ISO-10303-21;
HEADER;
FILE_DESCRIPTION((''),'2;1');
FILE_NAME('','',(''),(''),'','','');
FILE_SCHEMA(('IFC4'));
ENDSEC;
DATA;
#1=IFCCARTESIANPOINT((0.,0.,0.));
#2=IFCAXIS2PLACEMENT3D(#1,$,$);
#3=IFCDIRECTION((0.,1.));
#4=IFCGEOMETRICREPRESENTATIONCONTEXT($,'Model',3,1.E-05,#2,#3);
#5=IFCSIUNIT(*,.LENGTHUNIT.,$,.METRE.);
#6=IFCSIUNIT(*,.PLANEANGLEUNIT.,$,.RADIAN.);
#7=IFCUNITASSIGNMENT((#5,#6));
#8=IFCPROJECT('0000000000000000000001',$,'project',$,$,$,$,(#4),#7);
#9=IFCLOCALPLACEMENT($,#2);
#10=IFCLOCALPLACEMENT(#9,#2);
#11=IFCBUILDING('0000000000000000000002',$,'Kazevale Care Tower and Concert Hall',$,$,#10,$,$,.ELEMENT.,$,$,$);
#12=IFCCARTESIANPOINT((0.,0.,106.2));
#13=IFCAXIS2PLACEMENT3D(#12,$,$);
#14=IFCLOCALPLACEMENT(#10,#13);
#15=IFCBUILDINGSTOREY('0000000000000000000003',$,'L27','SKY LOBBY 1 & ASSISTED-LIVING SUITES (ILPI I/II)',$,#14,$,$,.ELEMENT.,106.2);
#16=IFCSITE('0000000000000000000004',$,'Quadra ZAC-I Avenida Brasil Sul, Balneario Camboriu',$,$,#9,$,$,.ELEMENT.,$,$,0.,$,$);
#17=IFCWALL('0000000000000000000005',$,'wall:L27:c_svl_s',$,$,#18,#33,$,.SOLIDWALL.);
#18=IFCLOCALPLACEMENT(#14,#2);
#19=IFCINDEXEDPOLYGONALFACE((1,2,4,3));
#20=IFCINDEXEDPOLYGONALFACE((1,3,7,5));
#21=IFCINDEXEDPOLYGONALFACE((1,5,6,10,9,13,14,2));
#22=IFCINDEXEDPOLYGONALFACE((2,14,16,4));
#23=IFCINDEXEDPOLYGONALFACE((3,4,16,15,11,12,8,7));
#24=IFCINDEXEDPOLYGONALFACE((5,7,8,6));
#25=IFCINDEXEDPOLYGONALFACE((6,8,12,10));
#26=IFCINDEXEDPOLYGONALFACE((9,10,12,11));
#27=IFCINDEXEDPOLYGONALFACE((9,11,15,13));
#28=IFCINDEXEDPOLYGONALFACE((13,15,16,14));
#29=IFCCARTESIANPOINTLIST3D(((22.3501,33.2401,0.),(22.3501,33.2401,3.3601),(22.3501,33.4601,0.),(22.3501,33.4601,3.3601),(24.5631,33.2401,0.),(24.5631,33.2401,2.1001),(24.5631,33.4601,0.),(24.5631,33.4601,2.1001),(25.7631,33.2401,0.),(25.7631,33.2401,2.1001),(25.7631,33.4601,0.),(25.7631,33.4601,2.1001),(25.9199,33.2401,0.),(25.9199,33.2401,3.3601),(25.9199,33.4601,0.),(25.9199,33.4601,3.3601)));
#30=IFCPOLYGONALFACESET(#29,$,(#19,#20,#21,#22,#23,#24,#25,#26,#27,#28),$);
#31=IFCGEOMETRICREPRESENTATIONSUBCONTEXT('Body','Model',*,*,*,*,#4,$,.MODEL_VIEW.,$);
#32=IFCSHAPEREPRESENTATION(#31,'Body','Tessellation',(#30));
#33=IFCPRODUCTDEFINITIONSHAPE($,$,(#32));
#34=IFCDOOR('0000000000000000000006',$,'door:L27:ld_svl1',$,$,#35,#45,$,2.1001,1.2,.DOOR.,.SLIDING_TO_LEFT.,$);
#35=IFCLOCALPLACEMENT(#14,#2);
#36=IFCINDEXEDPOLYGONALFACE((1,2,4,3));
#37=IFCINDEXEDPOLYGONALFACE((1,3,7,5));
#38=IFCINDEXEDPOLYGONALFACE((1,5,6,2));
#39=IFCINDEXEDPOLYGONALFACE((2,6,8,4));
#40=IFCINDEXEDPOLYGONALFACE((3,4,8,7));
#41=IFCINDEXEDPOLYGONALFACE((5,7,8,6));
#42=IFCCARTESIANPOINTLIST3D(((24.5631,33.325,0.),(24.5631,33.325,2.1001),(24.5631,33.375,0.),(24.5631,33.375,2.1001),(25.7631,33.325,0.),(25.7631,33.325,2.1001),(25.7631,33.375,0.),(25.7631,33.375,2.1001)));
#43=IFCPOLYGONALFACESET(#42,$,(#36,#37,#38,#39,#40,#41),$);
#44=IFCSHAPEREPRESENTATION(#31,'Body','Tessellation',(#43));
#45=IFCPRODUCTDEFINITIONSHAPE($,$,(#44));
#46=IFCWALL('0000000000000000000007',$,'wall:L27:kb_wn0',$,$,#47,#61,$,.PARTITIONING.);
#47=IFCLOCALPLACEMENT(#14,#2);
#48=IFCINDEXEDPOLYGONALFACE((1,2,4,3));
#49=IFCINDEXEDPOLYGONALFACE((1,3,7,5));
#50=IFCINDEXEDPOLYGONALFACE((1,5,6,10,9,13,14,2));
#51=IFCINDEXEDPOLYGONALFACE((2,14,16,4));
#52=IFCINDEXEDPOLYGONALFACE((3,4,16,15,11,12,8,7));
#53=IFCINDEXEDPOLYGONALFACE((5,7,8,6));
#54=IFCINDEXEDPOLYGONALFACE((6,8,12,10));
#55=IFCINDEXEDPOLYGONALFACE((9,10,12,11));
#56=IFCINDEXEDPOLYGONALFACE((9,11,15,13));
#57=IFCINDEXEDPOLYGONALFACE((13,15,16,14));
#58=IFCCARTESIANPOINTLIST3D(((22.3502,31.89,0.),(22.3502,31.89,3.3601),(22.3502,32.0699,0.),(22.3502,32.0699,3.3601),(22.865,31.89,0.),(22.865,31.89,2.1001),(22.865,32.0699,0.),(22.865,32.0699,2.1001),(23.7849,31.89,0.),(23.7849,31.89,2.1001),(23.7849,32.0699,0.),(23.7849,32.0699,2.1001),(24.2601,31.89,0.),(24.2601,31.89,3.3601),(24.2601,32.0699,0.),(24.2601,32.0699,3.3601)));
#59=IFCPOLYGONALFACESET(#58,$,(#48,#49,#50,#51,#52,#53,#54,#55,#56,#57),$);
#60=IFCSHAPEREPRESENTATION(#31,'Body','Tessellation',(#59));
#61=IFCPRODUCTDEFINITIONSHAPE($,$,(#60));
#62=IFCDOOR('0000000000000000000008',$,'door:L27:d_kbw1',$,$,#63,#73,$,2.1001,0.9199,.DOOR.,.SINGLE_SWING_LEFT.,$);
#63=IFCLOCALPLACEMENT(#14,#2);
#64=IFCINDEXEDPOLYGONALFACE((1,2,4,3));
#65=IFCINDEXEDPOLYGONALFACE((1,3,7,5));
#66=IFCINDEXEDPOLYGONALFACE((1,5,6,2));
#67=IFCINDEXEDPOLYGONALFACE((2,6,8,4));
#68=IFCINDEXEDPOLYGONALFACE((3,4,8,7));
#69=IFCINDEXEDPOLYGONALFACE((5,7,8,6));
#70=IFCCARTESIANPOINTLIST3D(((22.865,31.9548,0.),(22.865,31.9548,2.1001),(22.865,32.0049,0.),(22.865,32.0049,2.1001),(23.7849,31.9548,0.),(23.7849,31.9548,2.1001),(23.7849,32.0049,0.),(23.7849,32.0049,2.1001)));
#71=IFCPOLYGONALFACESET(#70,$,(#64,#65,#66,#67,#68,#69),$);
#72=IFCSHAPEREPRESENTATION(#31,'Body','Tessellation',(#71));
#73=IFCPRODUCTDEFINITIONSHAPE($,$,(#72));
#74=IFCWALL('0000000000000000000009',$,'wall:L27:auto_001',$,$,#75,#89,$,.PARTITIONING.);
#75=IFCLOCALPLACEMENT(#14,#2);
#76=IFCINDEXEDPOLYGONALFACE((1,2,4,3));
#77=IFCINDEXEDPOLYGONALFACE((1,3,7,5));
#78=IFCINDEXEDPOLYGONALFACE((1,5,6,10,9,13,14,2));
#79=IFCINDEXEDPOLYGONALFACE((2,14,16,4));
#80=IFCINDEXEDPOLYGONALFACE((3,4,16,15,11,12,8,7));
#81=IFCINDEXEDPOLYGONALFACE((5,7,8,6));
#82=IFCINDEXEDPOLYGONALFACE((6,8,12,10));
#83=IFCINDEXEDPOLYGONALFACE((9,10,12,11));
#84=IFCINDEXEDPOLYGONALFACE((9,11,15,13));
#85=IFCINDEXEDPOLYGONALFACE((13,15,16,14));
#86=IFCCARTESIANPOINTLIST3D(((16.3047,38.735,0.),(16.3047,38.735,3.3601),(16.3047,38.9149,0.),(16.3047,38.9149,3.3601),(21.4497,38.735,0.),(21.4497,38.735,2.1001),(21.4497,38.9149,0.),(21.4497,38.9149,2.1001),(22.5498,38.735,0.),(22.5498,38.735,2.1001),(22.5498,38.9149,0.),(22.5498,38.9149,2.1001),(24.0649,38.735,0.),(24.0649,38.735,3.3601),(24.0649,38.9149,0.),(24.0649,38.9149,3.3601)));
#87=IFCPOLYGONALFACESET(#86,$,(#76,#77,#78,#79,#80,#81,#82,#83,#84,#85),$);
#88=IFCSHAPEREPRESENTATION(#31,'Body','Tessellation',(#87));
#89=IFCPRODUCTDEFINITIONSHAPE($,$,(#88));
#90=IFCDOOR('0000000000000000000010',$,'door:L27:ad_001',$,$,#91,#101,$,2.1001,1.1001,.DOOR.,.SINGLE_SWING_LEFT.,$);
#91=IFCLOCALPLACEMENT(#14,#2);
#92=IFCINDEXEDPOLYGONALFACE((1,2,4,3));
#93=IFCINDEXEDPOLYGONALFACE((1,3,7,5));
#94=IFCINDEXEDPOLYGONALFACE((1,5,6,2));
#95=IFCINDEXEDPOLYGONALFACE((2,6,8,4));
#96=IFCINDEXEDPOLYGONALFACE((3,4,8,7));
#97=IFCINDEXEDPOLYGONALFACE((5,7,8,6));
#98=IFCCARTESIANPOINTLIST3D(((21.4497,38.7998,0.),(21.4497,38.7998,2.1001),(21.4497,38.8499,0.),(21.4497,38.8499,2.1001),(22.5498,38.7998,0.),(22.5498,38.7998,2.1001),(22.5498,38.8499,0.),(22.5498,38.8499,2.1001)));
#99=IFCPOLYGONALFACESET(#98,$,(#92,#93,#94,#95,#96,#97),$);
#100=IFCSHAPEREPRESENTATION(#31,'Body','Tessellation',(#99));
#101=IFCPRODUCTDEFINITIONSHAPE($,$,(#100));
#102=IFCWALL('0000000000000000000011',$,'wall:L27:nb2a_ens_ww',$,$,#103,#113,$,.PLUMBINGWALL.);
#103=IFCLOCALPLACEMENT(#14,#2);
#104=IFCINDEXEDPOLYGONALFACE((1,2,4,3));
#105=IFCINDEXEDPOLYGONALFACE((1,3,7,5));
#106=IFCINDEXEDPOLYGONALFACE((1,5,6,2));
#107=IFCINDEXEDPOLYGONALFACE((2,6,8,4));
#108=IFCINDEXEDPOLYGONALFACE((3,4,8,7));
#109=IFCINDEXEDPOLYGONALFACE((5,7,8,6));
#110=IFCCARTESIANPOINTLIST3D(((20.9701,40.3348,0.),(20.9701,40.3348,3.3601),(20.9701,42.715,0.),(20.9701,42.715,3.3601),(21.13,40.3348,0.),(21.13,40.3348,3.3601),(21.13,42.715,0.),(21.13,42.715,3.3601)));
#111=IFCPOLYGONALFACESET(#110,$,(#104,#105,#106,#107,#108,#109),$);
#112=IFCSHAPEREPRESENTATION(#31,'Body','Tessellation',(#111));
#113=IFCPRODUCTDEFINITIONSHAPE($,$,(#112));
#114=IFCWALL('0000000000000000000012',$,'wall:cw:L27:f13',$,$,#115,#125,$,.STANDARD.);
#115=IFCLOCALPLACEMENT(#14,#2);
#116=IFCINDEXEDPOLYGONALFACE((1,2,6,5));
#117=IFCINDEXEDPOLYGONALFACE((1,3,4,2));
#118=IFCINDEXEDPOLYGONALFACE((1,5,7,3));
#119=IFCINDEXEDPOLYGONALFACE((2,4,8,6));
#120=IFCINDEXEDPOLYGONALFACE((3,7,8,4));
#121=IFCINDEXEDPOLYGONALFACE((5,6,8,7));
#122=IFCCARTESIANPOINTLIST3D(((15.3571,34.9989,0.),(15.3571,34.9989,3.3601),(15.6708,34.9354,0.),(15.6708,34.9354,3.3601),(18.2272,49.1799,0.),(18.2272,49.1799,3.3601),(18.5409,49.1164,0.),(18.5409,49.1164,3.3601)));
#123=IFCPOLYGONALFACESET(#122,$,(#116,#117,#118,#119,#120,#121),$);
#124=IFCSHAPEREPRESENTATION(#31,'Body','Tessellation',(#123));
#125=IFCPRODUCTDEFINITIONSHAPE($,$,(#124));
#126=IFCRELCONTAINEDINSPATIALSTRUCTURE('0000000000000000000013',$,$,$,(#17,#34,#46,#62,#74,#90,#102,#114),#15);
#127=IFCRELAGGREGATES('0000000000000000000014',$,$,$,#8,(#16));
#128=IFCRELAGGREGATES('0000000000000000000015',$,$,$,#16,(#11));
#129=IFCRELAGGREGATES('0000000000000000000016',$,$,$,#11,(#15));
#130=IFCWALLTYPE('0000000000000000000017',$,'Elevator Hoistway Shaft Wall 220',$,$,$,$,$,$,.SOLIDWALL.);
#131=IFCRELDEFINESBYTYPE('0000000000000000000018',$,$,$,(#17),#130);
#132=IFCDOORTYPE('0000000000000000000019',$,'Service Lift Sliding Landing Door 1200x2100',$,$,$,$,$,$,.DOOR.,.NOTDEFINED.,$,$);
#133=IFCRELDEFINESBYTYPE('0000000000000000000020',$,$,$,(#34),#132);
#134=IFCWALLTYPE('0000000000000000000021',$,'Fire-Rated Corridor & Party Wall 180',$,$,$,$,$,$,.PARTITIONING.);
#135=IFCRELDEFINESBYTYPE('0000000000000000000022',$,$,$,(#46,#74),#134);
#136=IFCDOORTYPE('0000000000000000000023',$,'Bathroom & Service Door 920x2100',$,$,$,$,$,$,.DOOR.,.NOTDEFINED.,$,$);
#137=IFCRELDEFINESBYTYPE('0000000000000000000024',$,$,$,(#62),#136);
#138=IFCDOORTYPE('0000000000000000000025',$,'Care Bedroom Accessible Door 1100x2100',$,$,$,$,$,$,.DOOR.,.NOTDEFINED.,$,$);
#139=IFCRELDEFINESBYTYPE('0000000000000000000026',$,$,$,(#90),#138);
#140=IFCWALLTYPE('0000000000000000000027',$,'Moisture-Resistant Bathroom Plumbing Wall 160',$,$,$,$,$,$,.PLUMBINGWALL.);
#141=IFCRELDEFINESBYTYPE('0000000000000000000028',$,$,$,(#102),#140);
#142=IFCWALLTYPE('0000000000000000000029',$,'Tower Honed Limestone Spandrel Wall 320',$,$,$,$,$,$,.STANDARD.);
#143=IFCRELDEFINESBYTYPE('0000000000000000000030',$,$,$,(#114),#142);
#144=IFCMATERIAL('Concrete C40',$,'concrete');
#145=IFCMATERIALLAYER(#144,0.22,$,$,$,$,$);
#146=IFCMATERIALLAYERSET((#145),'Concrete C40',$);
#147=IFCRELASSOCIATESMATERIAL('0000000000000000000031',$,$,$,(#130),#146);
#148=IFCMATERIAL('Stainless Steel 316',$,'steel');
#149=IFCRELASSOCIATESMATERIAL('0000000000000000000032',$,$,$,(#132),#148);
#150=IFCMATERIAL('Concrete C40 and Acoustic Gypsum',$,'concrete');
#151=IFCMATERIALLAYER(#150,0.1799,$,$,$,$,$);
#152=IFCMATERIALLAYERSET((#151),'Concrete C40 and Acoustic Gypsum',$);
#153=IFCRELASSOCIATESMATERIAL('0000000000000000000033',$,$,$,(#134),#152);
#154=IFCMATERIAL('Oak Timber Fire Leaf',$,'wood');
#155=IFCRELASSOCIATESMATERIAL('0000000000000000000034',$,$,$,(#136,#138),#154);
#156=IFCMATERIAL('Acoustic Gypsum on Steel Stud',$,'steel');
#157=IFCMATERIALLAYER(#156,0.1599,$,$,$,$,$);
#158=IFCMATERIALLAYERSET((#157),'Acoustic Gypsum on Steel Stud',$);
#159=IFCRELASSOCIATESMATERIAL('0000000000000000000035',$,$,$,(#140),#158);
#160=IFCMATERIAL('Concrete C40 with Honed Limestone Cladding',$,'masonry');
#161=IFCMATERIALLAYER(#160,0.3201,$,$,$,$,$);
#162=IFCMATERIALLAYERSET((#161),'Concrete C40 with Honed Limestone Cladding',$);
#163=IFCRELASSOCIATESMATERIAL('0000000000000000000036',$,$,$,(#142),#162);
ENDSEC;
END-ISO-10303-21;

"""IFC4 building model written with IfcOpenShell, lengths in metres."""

from ifc_helpers import new_model, si_unit, direction, frame, frame_2d, origin, place, context, subcontext, project, spatial, rectangle, extrude, material, layer, layer_set, type_object, element, fill, save


model = new_model("IFC4")

# Units and contexts
model_context = context("Model", 3, precision=1e-05, world=origin(), true_north=direction((0.0, 1.0)))
body_context = subcontext(model_context, "Body", "Model", "MODEL_VIEW")
ifc_project = project(units=[si_unit("LENGTHUNIT", "METRE"), si_unit("PLANEANGLEUNIT", "RADIAN")], contexts=[model_context])

# Site, building, storey
site_placement = place(None, origin())
site = spatial("IfcSite", under=ifc_project, at=site_placement, Name="Quadra ZAC-I Avenida Brasil Sul, Balneario Camboriu", CompositionType="ELEMENT", RefElevation=0.0)
building_placement = place(site_placement, origin())
building = spatial("IfcBuilding", under=site, at=building_placement, Name="Kazevale Care Tower and Concert Hall", CompositionType="ELEMENT")
storey_placement = place(building_placement, frame((0.0, 0.0, 106.2)))
storey = spatial("IfcBuildingStorey", under=building, at=storey_placement, Name="L27", Description="SKY LOBBY 1 & ASSISTED-LIVING SUITES (ILPI I/II)", CompositionType="ELEMENT", Elevation=106.2)

# Walls, openings, doors
ifc_material_1 = material(Name="Concrete C40", Category="concrete")
ifc_layer_1 = layer(ifc_material_1, 0.22)
ifc_layer_set_1 = layer_set([ifc_layer_1], Name="Concrete C40")
wall_type_1 = type_object("IfcWallType", Name="Elevator Hoistway Shaft Wall 220", PredefinedType="SOLIDWALL", material=ifc_layer_set_1)
wall_1_placement = place(storey_placement, frame((22.3501, 33.3501, 0.0), z_axis=(0.0, 0.0, 1.0), x_axis=(1.0, 0.0, 0.0)))
wall_1 = element("IfcWall", 1, at=wall_1_placement, inside=storey, type_object=wall_type_1, Name="wall:L27:c_svl_s", PredefinedType="SOLIDWALL", context=body_context, shape_type="SweptSolid", body=[
    extrude(rectangle(XDim=3.5698, YDim=0.22, at=frame_2d((1.7849, 0.0))), origin(), (0.0, 0.0, 1.0), 3.3601),
])
opening_1_placement = place(wall_1_placement, frame((2.2129, 0.0, 0.0)))
opening_1 = element("IfcOpeningElement", 2, at=opening_1_placement, cuts=wall_1, PredefinedType="OPENING", context=body_context, shape_type="SweptSolid", body=[
    extrude(rectangle(XDim=1.2, YDim=2.1001, at=frame_2d((0.6001, 1.05))), frame((0.0, 0.1199, 0.0), z_axis=(0.0, -1.0, 0.0), x_axis=(1.0, 0.0, 0.0)), (0.0, 0.0, 1.0), 0.24),
])
ifc_material_2 = material(Name="Stainless Steel 316", Category="steel")
door_type_1 = type_object("IfcDoorType", Name="Service Lift Sliding Landing Door 1200x2100", OperationType="NOTDEFINED", PredefinedType="DOOR", material=ifc_material_2)
door_1_placement = place(opening_1_placement, origin())
door_1 = element("IfcDoor", 3, at=door_1_placement, inside=storey, type_object=door_type_1, Name="door:L27:ld_svl1", OperationType="SLIDING_TO_LEFT", OverallHeight=2.1001, OverallWidth=1.2, PredefinedType="DOOR", context=body_context, shape_type="SweptSolid", body=[
    extrude(rectangle(XDim=1.2, YDim=2.1001, at=frame_2d((0.6001, 1.05))), frame((0.0, 0.0249, 0.0), z_axis=(0.0, -1.0, 0.0), x_axis=(1.0, 0.0, 0.0)), (0.0, 0.0, 1.0), 0.05),
])
fill(opening_1, door_1)
ifc_material_3 = material(Name="Concrete C40 and Acoustic Gypsum", Category="concrete")
ifc_layer_2 = layer(ifc_material_3, 0.1799)
ifc_layer_set_2 = layer_set([ifc_layer_2], Name="Concrete C40 and Acoustic Gypsum")
wall_type_2 = type_object("IfcWallType", Name="Fire-Rated Corridor & Party Wall 180", PredefinedType="PARTITIONING", material=ifc_layer_set_2)
wall_2_placement = place(storey_placement, frame((22.3501, 31.98, 0.0), z_axis=(0.0, 0.0, 1.0), x_axis=(1.0, 0.0, 0.0)))
wall_2 = element("IfcWall", 4, at=wall_2_placement, inside=storey, type_object=wall_type_2, Name="wall:L27:kb_wn0", PredefinedType="PARTITIONING", context=body_context, shape_type="SweptSolid", body=[
    extrude(rectangle(XDim=1.9099, YDim=0.1799, at=frame_2d((0.9551, 0.0))), origin(), (0.0, 0.0, 1.0), 3.3601),
])
opening_2_placement = place(wall_2_placement, frame((0.5149, 0.0, 0.0)))
opening_2 = element("IfcOpeningElement", 5, at=opening_2_placement, cuts=wall_2, PredefinedType="OPENING", context=body_context, shape_type="SweptSolid", body=[
    extrude(rectangle(XDim=0.9199, YDim=2.1001, at=frame_2d((0.46, 1.05))), frame((0.0, 0.0999, 0.0), z_axis=(0.0, -1.0, 0.0), x_axis=(1.0, 0.0, 0.0)), (0.0, 0.0, 1.0), 0.2),
])
ifc_material_4 = material(Name="Oak Timber Fire Leaf", Category="wood")
door_type_2 = type_object("IfcDoorType", Name="Bathroom & Service Door 920x2100", OperationType="NOTDEFINED", PredefinedType="DOOR", material=ifc_material_4)
door_2_placement = place(opening_2_placement, origin())
door_2 = element("IfcDoor", 6, at=door_2_placement, inside=storey, type_object=door_type_2, Name="door:L27:d_kbw1", OperationType="SINGLE_SWING_LEFT", OverallHeight=2.1001, OverallWidth=0.9199, PredefinedType="DOOR", context=body_context, shape_type="SweptSolid", body=[
    extrude(rectangle(XDim=0.9199, YDim=2.1001, at=frame_2d((0.46, 1.05))), frame((0.0, 0.0249, 0.0), z_axis=(0.0, -1.0, 0.0), x_axis=(1.0, 0.0, 0.0)), (0.0, 0.0, 1.0), 0.05),
])
fill(opening_2, door_2)
wall_3_placement = place(storey_placement, frame((16.3047, 38.825, 0.0), z_axis=(0.0, 0.0, 1.0), x_axis=(1.0, 0.0, 0.0)))
wall_3 = element("IfcWall", 7, at=wall_3_placement, inside=storey, type_object=wall_type_2, Name="wall:L27:auto_001", PredefinedType="PARTITIONING", context=body_context, shape_type="SweptSolid", body=[
    extrude(rectangle(XDim=7.7603, YDim=0.1799, at=frame_2d((3.8801, 0.0))), origin(), (0.0, 0.0, 1.0), 3.3601),
])
opening_3_placement = place(wall_3_placement, frame((5.145, 0.0, 0.0)))
opening_3 = element("IfcOpeningElement", 8, at=opening_3_placement, cuts=wall_3, PredefinedType="OPENING", context=body_context, shape_type="SweptSolid", body=[
    extrude(rectangle(XDim=1.1001, YDim=2.1001, at=frame_2d((0.55, 1.05))), frame((0.0, 0.0999, 0.0), z_axis=(0.0, -1.0, 0.0), x_axis=(1.0, 0.0, 0.0)), (0.0, 0.0, 1.0), 0.2),
])
door_type_3 = type_object("IfcDoorType", Name="Care Bedroom Accessible Door 1100x2100", OperationType="NOTDEFINED", PredefinedType="DOOR", material=ifc_material_4)
door_3_placement = place(opening_3_placement, origin())
door_3 = element("IfcDoor", 9, at=door_3_placement, inside=storey, type_object=door_type_3, Name="door:L27:ad_001", OperationType="SINGLE_SWING_LEFT", OverallHeight=2.1001, OverallWidth=1.1001, PredefinedType="DOOR", context=body_context, shape_type="SweptSolid", body=[
    extrude(rectangle(XDim=1.1001, YDim=2.1001, at=frame_2d((0.55, 1.05))), frame((0.0, 0.0249, 0.0), z_axis=(0.0, -1.0, 0.0), x_axis=(1.0, 0.0, 0.0)), (0.0, 0.0, 1.0), 0.05),
])
fill(opening_3, door_3)

# Walls
ifc_material_5 = material(Name="Acoustic Gypsum on Steel Stud", Category="steel")
ifc_layer_3 = layer(ifc_material_5, 0.1599)
ifc_layer_set_3 = layer_set([ifc_layer_3], Name="Acoustic Gypsum on Steel Stud")
wall_type_3 = type_object("IfcWallType", Name="Moisture-Resistant Bathroom Plumbing Wall 160", PredefinedType="PLUMBINGWALL", material=ifc_layer_set_3)
wall_4_placement = place(storey_placement, frame((21.05, 40.335, 0.0), z_axis=(0.0, 0.0, 1.0), x_axis=(0.0, 1.0, 0.0)))
element("IfcWall", 10, at=wall_4_placement, inside=storey, type_object=wall_type_3, Name="wall:L27:nb2a_ens_ww", PredefinedType="PLUMBINGWALL", context=body_context, shape_type="SweptSolid", body=[
    extrude(rectangle(XDim=2.3801, YDim=0.1599, at=frame_2d((1.1899, 0.0))), origin(), (0.0, 0.0, 1.0), 3.3601),
])
ifc_material_6 = material(Name="Concrete C40 with Honed Limestone Cladding", Category="masonry")
ifc_layer_4 = layer(ifc_material_6, 0.3201)
ifc_layer_set_4 = layer_set([ifc_layer_4], Name="Concrete C40 with Honed Limestone Cladding")
wall_type_4 = type_object("IfcWallType", Name="Tower Honed Limestone Spandrel Wall 320", PredefinedType="STANDARD", material=ifc_layer_set_4)
wall_5_placement = place(storey_placement, frame((15.5139, 34.967, 0.0), z_axis=(0.0, 0.0, 1.0), x_axis=(0.198371, 0.980127, 0.0)))
element("IfcWall", 11, at=wall_5_placement, inside=storey, type_object=wall_type_4, Name="wall:cw:L27:f13", PredefinedType="STANDARD", context=body_context, shape_type="SweptSolid", body=[
    extrude(rectangle(XDim=14.4685, YDim=0.3201, at=frame_2d((7.2344, 0.0))), origin(), (0.0, 0.0, 1.0), 3.3601),
])

save(model, "model.ifc")
